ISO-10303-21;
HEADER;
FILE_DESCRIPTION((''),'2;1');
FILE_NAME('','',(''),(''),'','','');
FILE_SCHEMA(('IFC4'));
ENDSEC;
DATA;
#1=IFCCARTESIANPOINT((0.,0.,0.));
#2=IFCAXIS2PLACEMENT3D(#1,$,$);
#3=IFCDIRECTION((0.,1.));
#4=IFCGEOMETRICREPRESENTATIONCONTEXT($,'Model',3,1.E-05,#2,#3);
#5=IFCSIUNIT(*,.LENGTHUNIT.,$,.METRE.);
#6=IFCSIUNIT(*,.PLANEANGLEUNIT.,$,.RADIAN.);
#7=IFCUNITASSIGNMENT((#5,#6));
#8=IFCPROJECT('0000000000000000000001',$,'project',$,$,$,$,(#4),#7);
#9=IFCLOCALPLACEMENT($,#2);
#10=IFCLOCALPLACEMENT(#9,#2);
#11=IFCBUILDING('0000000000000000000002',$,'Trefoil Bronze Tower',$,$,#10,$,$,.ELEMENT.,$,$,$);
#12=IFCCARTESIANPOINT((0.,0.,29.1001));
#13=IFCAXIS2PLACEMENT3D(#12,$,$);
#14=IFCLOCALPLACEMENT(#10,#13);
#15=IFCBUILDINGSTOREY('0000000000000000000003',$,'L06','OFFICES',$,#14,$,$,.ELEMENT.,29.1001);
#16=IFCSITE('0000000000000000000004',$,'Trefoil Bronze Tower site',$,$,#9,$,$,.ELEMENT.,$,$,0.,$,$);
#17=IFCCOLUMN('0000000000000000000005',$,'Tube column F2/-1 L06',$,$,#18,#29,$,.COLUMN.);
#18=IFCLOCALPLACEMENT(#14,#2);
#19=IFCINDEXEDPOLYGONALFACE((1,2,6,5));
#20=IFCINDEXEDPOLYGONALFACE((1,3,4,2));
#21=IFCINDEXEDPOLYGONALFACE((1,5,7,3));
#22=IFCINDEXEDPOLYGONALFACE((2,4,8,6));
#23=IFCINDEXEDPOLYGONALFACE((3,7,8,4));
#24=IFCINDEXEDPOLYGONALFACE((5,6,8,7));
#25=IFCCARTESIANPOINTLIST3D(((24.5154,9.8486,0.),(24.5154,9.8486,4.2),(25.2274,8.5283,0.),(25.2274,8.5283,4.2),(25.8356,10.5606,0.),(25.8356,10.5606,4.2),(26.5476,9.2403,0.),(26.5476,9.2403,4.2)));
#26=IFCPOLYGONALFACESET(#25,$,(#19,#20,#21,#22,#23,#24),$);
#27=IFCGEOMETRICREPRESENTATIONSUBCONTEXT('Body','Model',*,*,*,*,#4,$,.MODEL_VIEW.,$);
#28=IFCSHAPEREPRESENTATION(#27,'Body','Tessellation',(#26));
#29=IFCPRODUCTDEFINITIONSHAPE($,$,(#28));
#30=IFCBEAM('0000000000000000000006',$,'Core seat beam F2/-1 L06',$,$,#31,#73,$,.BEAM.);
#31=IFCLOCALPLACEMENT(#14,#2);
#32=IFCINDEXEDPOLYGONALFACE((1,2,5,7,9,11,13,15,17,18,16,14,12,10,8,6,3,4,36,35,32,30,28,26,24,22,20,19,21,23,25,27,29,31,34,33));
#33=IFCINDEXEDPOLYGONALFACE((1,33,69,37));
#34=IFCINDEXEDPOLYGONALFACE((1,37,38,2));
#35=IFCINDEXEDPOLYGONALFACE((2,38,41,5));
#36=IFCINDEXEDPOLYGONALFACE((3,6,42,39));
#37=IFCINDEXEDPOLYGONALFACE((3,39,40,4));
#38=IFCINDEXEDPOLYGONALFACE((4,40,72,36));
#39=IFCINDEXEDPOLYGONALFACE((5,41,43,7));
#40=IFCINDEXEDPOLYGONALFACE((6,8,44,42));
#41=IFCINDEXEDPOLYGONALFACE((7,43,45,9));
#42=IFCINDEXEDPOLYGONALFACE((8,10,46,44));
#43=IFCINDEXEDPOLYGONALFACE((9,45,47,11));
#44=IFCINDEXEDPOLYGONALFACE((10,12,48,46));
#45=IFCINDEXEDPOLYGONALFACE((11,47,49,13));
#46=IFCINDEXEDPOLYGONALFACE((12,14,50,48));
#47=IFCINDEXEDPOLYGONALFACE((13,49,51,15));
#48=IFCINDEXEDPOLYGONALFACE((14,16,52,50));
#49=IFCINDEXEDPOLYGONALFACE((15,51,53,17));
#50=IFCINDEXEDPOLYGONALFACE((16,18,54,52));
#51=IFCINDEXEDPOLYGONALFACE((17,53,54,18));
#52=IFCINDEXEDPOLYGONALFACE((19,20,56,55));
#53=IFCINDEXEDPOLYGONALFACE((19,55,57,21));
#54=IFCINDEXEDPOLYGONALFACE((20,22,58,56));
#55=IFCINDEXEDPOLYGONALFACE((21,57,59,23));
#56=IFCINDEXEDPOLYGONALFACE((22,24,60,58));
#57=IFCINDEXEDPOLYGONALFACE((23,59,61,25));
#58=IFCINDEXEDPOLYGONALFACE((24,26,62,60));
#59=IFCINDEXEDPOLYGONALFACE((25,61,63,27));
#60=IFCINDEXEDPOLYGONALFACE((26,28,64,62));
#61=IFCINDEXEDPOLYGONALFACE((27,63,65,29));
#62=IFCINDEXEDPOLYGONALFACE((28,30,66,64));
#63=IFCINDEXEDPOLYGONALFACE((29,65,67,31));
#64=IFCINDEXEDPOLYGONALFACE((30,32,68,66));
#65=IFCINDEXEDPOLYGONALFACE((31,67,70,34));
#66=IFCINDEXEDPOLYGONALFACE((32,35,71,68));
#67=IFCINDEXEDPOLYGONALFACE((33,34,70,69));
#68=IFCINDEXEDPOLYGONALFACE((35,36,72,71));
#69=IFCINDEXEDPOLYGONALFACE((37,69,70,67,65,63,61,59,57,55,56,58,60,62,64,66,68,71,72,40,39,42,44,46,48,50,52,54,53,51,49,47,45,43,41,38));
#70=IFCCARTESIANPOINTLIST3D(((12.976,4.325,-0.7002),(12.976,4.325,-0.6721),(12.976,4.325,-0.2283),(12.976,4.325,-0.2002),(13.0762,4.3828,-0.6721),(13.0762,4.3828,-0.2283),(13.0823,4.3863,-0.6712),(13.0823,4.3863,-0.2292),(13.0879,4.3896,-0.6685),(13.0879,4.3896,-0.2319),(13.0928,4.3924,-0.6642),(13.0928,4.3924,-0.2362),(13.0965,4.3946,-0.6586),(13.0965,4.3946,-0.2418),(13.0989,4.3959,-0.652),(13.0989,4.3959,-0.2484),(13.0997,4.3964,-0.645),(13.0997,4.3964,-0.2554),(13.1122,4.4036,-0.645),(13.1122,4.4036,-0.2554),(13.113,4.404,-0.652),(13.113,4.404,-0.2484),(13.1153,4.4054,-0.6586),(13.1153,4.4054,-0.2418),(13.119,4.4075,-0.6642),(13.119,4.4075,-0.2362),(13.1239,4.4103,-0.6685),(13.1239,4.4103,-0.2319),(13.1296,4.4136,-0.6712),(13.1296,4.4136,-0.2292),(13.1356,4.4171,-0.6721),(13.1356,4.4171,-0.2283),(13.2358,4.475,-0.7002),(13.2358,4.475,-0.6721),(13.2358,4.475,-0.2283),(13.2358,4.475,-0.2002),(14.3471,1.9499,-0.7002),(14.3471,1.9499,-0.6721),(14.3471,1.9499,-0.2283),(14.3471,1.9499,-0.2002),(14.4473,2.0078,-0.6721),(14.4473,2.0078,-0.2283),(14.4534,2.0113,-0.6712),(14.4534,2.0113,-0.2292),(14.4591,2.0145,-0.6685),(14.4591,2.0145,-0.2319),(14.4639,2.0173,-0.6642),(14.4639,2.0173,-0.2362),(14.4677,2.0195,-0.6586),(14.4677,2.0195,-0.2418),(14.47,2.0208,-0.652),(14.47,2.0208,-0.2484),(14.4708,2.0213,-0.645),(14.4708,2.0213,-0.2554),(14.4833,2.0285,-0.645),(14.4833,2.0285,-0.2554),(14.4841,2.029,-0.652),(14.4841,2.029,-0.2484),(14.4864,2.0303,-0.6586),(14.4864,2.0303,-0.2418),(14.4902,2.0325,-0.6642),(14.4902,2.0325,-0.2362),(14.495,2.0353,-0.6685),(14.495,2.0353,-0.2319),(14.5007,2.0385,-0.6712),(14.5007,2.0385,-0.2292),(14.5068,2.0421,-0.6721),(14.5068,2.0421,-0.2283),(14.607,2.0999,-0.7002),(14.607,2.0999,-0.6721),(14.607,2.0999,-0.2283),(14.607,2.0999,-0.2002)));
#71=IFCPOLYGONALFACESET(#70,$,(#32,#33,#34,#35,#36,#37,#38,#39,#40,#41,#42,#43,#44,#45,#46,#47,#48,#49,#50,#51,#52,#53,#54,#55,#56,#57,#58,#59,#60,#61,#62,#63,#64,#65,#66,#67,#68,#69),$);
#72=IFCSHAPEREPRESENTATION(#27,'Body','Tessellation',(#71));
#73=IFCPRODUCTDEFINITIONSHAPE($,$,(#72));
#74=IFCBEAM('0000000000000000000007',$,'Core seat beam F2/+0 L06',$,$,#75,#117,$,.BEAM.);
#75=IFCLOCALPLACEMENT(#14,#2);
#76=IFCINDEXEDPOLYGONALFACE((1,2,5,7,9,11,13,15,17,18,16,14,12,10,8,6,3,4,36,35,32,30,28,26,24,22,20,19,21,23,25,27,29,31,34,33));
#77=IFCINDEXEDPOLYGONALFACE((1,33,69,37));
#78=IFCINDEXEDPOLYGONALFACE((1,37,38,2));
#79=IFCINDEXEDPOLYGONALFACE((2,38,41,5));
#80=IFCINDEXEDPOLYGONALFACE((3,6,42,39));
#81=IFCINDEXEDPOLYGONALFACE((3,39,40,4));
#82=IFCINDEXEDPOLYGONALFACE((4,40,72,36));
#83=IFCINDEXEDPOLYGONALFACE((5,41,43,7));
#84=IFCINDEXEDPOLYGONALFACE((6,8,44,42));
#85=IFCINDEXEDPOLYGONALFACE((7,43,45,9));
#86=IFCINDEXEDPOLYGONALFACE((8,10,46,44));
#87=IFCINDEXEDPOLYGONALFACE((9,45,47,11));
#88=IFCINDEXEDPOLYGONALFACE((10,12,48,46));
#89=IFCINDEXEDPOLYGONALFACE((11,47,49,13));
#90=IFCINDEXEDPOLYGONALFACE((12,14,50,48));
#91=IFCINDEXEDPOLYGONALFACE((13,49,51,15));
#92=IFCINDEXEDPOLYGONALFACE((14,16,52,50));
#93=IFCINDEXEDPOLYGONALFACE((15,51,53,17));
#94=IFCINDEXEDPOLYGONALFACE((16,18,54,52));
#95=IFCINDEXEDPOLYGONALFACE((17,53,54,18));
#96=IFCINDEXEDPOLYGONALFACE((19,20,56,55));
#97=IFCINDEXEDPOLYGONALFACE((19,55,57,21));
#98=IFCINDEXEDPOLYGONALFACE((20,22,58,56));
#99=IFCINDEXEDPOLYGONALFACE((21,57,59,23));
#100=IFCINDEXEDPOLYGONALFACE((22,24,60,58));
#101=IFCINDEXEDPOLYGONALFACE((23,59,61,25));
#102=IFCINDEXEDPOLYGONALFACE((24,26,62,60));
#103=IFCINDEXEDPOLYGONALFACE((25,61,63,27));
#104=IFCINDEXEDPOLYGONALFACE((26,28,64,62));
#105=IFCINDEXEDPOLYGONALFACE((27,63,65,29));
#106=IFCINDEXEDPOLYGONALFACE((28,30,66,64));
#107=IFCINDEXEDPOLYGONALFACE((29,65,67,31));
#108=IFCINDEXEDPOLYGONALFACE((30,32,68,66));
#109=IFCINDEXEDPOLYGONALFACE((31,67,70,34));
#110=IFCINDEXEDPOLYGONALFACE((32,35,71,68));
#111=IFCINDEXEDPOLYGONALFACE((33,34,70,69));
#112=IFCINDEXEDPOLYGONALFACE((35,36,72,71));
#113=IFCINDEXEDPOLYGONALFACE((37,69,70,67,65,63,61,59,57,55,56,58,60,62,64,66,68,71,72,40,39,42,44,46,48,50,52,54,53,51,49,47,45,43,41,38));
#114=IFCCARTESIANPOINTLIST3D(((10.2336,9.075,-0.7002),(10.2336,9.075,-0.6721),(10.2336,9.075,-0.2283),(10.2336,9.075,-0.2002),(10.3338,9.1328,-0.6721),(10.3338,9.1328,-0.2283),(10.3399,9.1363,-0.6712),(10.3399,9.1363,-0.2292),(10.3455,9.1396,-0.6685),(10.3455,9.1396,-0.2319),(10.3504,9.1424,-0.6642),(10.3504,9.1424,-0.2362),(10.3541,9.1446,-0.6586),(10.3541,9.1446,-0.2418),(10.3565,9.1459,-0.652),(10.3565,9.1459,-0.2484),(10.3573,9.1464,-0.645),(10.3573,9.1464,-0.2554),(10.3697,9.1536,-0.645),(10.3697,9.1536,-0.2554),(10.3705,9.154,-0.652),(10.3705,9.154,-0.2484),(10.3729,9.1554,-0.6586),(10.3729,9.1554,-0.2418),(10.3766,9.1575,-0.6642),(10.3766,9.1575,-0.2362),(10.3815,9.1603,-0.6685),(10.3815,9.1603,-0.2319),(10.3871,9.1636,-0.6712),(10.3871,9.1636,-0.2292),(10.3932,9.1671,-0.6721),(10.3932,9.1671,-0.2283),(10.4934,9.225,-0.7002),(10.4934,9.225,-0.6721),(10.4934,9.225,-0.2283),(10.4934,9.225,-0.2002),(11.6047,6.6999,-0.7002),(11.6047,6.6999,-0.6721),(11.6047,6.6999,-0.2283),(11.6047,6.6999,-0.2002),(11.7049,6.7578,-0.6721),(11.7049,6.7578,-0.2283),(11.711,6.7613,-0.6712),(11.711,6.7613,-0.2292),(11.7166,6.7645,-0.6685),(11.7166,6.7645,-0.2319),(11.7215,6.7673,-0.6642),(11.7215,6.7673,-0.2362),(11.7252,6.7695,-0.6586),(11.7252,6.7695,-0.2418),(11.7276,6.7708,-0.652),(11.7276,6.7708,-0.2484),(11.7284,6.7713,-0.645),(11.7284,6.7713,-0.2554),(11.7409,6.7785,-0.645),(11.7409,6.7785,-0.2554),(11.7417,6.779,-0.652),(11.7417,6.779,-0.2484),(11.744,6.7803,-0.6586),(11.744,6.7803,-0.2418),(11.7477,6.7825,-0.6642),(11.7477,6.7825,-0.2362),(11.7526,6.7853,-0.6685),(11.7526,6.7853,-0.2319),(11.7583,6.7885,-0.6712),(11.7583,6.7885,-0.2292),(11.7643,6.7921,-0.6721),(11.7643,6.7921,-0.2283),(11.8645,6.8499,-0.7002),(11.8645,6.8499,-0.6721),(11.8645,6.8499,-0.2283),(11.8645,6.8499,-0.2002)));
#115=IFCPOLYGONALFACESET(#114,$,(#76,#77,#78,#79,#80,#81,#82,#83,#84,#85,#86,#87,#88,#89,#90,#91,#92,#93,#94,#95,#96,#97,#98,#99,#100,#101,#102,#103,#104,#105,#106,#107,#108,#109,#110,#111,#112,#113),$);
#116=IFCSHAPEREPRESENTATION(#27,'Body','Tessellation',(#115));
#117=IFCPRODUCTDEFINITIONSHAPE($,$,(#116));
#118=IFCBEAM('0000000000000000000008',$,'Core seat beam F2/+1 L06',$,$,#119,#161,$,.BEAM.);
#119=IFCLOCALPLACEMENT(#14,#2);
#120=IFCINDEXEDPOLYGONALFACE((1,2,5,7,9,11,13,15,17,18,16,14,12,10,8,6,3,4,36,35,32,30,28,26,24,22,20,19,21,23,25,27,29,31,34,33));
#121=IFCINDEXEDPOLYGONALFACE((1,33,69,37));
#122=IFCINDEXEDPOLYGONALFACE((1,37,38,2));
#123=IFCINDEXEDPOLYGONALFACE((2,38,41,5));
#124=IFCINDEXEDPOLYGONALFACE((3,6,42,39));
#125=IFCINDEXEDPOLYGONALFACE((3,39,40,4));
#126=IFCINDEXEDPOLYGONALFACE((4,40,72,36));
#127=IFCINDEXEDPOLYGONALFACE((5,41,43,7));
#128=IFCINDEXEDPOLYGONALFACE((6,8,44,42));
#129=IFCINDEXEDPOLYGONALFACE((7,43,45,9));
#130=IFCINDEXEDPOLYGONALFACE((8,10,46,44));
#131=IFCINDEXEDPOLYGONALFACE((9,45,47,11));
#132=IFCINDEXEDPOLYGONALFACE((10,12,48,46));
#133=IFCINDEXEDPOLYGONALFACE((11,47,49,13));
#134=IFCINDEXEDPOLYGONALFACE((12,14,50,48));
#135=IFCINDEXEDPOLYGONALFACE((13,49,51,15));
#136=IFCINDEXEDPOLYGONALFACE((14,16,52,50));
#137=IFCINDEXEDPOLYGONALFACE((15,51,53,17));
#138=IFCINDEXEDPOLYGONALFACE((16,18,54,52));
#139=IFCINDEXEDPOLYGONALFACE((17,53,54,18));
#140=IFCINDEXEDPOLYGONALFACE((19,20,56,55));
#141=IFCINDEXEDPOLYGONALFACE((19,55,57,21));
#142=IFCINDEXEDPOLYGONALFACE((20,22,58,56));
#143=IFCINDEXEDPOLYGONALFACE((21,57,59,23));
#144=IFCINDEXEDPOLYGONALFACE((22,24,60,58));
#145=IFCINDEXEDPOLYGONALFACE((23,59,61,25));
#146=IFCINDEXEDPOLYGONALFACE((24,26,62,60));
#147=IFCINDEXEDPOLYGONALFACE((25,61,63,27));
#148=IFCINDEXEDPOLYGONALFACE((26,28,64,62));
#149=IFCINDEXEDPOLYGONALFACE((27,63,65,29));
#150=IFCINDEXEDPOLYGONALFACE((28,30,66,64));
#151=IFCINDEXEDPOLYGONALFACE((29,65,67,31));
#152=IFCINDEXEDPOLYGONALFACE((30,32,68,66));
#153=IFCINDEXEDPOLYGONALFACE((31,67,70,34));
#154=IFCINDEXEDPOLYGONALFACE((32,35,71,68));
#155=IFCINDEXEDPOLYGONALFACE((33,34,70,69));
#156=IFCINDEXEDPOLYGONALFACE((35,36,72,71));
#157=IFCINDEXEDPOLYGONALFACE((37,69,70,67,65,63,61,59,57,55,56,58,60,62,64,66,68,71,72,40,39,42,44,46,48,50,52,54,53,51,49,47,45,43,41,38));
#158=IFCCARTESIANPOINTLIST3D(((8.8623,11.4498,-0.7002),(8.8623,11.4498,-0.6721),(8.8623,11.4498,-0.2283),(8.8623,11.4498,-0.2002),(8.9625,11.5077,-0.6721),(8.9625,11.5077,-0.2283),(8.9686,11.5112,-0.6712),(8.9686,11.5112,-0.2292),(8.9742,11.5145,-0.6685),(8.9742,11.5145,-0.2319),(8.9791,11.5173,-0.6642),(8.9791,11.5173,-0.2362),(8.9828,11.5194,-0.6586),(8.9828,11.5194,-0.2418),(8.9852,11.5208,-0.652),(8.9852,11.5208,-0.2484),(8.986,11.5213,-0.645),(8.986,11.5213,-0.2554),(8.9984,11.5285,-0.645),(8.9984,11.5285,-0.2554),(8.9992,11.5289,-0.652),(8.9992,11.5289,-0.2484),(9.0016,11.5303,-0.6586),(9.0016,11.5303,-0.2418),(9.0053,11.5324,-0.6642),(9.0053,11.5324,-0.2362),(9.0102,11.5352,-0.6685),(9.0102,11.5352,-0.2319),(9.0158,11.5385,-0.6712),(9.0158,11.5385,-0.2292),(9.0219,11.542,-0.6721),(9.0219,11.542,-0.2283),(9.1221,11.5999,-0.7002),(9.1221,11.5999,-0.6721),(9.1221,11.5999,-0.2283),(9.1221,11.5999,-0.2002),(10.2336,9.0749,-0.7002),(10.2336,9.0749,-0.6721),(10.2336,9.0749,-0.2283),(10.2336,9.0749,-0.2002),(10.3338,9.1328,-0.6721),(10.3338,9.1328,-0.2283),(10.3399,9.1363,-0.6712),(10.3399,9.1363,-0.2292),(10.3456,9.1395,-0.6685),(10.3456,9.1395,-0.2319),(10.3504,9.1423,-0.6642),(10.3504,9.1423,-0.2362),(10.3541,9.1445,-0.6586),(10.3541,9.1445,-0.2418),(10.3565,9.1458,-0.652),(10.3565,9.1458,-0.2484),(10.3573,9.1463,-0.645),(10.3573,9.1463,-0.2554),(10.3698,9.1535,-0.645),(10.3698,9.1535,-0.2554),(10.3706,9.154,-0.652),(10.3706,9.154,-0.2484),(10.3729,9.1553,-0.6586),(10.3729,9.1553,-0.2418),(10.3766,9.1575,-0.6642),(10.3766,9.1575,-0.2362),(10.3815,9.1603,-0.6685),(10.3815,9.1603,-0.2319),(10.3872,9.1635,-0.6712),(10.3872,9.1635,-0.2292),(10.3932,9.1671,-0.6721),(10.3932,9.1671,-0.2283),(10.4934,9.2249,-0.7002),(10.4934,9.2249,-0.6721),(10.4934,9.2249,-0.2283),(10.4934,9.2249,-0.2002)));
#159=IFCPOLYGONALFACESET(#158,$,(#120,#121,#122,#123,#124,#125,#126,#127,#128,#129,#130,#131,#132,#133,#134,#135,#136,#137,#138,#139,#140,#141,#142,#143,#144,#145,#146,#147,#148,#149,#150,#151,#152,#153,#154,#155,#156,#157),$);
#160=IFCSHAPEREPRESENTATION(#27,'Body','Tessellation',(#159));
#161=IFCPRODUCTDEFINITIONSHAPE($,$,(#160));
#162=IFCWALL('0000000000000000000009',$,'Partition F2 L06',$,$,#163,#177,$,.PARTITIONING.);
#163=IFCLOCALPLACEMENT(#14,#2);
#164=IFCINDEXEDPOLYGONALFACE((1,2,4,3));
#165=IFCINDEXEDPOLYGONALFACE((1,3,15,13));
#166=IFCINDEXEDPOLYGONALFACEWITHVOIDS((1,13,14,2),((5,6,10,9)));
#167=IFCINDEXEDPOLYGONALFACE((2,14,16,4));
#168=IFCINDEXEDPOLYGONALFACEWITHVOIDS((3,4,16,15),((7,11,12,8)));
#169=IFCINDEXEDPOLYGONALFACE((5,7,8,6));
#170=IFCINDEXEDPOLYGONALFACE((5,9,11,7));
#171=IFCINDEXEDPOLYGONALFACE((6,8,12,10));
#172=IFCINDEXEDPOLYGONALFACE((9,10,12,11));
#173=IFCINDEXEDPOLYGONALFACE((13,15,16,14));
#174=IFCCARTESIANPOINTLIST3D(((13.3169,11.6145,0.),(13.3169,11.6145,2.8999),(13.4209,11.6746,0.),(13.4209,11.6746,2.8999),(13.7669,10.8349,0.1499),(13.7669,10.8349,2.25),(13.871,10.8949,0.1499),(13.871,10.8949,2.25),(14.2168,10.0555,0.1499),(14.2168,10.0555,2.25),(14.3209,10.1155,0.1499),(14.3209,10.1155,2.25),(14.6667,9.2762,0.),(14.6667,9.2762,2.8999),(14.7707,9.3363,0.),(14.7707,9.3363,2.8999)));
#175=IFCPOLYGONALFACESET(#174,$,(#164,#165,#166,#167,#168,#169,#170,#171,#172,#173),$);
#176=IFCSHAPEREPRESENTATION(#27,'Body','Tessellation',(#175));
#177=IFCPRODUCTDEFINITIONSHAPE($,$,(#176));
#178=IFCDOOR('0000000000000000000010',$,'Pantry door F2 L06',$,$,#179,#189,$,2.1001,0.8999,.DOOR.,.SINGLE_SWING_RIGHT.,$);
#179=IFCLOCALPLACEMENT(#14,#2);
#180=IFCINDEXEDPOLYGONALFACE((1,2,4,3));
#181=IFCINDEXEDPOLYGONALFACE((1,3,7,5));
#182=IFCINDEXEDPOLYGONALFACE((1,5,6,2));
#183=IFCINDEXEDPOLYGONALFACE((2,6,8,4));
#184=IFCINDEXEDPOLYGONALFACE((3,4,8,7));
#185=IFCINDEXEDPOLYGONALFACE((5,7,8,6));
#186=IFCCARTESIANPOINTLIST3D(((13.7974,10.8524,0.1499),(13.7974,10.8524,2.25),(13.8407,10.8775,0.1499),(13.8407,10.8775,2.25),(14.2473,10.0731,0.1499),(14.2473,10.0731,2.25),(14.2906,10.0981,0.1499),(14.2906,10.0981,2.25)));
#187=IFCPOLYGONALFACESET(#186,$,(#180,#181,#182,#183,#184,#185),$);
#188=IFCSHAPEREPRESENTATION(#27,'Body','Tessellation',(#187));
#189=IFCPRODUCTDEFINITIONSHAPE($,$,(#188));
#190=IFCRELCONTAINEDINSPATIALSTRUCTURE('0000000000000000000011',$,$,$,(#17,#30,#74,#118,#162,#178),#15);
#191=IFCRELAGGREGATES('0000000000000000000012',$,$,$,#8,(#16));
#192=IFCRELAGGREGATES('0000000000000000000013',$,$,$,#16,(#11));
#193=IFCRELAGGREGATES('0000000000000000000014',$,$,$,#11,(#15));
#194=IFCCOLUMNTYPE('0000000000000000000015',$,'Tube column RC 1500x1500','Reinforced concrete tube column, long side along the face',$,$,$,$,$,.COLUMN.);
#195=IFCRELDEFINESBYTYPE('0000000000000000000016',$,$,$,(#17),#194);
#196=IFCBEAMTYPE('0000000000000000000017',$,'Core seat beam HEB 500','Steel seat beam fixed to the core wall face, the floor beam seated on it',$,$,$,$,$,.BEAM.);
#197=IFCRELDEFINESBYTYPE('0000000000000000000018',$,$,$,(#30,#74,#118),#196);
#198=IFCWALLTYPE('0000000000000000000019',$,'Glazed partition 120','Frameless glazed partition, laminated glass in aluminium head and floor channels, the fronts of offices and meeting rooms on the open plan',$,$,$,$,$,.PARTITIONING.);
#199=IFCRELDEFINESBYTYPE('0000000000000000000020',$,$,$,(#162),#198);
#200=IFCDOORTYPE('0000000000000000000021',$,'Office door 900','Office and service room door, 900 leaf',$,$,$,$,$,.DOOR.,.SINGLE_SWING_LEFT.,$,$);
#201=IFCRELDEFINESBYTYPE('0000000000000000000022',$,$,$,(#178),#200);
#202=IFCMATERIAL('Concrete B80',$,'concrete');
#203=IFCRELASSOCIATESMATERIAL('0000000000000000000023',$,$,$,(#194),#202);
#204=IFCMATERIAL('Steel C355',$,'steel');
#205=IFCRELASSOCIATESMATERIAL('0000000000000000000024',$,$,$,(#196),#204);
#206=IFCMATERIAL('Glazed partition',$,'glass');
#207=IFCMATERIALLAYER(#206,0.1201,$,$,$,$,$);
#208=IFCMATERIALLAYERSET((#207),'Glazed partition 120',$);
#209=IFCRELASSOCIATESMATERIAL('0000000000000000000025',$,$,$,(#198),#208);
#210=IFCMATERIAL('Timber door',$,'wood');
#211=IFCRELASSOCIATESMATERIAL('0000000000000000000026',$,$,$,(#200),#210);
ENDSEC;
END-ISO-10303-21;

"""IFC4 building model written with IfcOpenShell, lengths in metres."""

from ifc_helpers import new_model, si_unit, direction, frame, frame_2d, origin, origin_2d, place, context, subcontext, project, spatial, rectangle, i_section, extrude, material, layer, layer_set, material_profile, profile_set, type_object, element, fill, save


model = new_model("IFC4")

# Units and contexts
model_context = context("Model", 3, precision=1e-05, world=origin(), true_north=direction((0.0, 1.0)))
body_context = subcontext(model_context, "Body", "Model", "MODEL_VIEW")
ifc_project = project(units=[si_unit("LENGTHUNIT", "METRE"), si_unit("PLANEANGLEUNIT", "RADIAN")], contexts=[model_context])

# Site, building, storey
site_placement = place(None, origin())
site = spatial("IfcSite", under=ifc_project, at=site_placement, Name="Trefoil Bronze Tower site", CompositionType="ELEMENT", RefElevation=0.0)
building_placement = place(site_placement, origin())
building = spatial("IfcBuilding", under=site, at=building_placement, Name="Trefoil Bronze Tower", CompositionType="ELEMENT")
storey_placement = place(building_placement, frame((0.0, 0.0, 29.1001)))
storey = spatial("IfcBuildingStorey", under=building, at=storey_placement, Name="L06", Description="OFFICES", CompositionType="ELEMENT", Elevation=29.1001)

# Column
ifc_material_1 = material(Name="Concrete B80", Category="concrete")
ifc_material_profile_1 = material_profile(ifc_material_1, rectangle(XDim=1.5, YDim=1.5, at=origin_2d()), Name="RC 1500x1500")
ifc_profile_set_1 = profile_set([ifc_material_profile_1], Name="Concrete B80")
column_type = type_object("IfcColumnType", Name="Tube column RC 1500x1500", Description="Reinforced concrete tube column, long side along the face", PredefinedType="COLUMN", material=ifc_profile_set_1)
column_placement = place(storey_placement, frame((25.5315, 9.5444, 0.0), z_axis=(0.0, 0.0, 1.0), x_axis=(-0.474656, 0.880171, 0.0)))
element("IfcColumn", 1, at=column_placement, inside=storey, type_object=column_type, Name="Tube column F2/-1 L06", PredefinedType="COLUMN", context=body_context, shape_type="SweptSolid", body=[
    extrude(rectangle(XDim=1.5, YDim=1.5, at=origin_2d()), origin(), (0.0, 0.0, 1.0), 4.2),
])

# Beams
ifc_material_2 = material(Name="Steel C355", Category="steel")
ifc_material_profile_2 = material_profile(ifc_material_2, i_section(OverallWidth=0.3, OverallDepth=0.5, WebThickness=0.0144, FlangeThickness=0.0281, FilletRadius=0.0271, at=origin_2d()), Name="HEB 500")
ifc_profile_set_2 = profile_set([ifc_material_profile_2], Name="Steel C355")
beam_type = type_object("IfcBeamType", Name="Core seat beam HEB 500", Description="Steel seat beam fixed to the core wall face, the floor beam seated on it", PredefinedType="BEAM", material=ifc_profile_set_2)
for number, where, z_axis, x_axis, name in (
    (2, (14.4771, 2.0249, -0.4502), (-0.499969, 0.866043, 0.0), (-0.866043, -0.499969, 0.0), "Core seat beam F2/-1 L06"),
    (3, (11.7346, 6.7749, -0.4502), (-0.499969, 0.866043, 0.0), (-0.866043, -0.499969, 0.0), "Core seat beam F2/+0 L06"),
    (4, (10.3635, 9.1499, -0.4502), (-0.500036, 0.866005, 0.0), (-0.866005, -0.500036, 0.0), "Core seat beam F2/+1 L06"),
):
    element("IfcBeam", number, at=place(storey_placement, frame(where, z_axis=z_axis, x_axis=x_axis)), inside=storey, type_object=beam_type, Name=name, PredefinedType="BEAM", context=body_context, shape_type="SweptSolid", body=[
        extrude(i_section(OverallWidth=0.3, OverallDepth=0.5, WebThickness=0.0144, FlangeThickness=0.0281, FilletRadius=0.0271, at=origin_2d()), origin(), (0.0, 0.0, 1.0), 2.7424),
    ])

# Wall, opening, door
ifc_material_3 = material(Name="Glazed partition", Category="glass")
ifc_layer_1 = layer(ifc_material_3, 0.1201)
ifc_layer_set_1 = layer_set([ifc_layer_1], Name="Glazed partition 120")
wall_type_1 = type_object("IfcWallType", Name="Glazed partition 120", Description="Frameless glazed partition, laminated glass in aluminium head and floor channels, the fronts of offices and meeting rooms on the open plan", PredefinedType="PARTITIONING", material=ifc_layer_set_1)
wall_1_placement = place(storey_placement, frame((14.7188, 9.3062, 0.0), z_axis=(0.0, 0.0, 1.0), x_axis=(-0.499942, 0.866059, 0.0)))
wall_1 = element("IfcWall", 5, at=wall_1_placement, inside=storey, type_object=wall_type_1, Name="Partition F2 L06", PredefinedType="PARTITIONING", context=body_context, shape_type="SweptSolid", body=[
    extrude(rectangle(XDim=2.7, YDim=0.1201, at=frame_2d((1.3501, 0.0))), origin(), (0.0, 0.0, 1.0), 2.8999),
])
opening_1_placement = place(wall_1_placement, frame((0.8999, 0.0, 0.1499)))
opening_1 = element("IfcOpeningElement", 6, at=opening_1_placement, cuts=wall_1, PredefinedType="OPENING", context=body_context, shape_type="SweptSolid", body=[
    extrude(rectangle(XDim=0.8999, YDim=2.1001, at=frame_2d((0.45, 1.05))), frame((0.0, 0.0701, 0.0), z_axis=(0.0, -1.0, 0.0), x_axis=(1.0, 0.0, 0.0)), (0.0, 0.0, 1.0), 0.1401),
])
ifc_material_4 = material(Name="Timber door", Category="wood")
door_type_1 = type_object("IfcDoorType", Name="Office door 900", Description="Office and service room door, 900 leaf", OperationType="SINGLE_SWING_LEFT", PredefinedType="DOOR", material=ifc_material_4)
door_1_placement = place(opening_1_placement, origin())
door_1 = element("IfcDoor", 7, at=door_1_placement, inside=storey, type_object=door_type_1, Name="Pantry door F2 L06", OperationType="SINGLE_SWING_RIGHT", OverallHeight=2.1001, OverallWidth=0.8999, PredefinedType="DOOR", context=body_context, shape_type="SweptSolid", body=[
    extrude(rectangle(XDim=0.8999, YDim=2.1001, at=frame_2d((0.45, 1.05))), frame((0.0, 0.0249, 0.0), z_axis=(0.0, -1.0, 0.0), x_axis=(1.0, 0.0, 0.0)), (0.0, 0.0, 1.0), 0.05),
])
fill(opening_1, door_1)

save(model, "model.ifc")
